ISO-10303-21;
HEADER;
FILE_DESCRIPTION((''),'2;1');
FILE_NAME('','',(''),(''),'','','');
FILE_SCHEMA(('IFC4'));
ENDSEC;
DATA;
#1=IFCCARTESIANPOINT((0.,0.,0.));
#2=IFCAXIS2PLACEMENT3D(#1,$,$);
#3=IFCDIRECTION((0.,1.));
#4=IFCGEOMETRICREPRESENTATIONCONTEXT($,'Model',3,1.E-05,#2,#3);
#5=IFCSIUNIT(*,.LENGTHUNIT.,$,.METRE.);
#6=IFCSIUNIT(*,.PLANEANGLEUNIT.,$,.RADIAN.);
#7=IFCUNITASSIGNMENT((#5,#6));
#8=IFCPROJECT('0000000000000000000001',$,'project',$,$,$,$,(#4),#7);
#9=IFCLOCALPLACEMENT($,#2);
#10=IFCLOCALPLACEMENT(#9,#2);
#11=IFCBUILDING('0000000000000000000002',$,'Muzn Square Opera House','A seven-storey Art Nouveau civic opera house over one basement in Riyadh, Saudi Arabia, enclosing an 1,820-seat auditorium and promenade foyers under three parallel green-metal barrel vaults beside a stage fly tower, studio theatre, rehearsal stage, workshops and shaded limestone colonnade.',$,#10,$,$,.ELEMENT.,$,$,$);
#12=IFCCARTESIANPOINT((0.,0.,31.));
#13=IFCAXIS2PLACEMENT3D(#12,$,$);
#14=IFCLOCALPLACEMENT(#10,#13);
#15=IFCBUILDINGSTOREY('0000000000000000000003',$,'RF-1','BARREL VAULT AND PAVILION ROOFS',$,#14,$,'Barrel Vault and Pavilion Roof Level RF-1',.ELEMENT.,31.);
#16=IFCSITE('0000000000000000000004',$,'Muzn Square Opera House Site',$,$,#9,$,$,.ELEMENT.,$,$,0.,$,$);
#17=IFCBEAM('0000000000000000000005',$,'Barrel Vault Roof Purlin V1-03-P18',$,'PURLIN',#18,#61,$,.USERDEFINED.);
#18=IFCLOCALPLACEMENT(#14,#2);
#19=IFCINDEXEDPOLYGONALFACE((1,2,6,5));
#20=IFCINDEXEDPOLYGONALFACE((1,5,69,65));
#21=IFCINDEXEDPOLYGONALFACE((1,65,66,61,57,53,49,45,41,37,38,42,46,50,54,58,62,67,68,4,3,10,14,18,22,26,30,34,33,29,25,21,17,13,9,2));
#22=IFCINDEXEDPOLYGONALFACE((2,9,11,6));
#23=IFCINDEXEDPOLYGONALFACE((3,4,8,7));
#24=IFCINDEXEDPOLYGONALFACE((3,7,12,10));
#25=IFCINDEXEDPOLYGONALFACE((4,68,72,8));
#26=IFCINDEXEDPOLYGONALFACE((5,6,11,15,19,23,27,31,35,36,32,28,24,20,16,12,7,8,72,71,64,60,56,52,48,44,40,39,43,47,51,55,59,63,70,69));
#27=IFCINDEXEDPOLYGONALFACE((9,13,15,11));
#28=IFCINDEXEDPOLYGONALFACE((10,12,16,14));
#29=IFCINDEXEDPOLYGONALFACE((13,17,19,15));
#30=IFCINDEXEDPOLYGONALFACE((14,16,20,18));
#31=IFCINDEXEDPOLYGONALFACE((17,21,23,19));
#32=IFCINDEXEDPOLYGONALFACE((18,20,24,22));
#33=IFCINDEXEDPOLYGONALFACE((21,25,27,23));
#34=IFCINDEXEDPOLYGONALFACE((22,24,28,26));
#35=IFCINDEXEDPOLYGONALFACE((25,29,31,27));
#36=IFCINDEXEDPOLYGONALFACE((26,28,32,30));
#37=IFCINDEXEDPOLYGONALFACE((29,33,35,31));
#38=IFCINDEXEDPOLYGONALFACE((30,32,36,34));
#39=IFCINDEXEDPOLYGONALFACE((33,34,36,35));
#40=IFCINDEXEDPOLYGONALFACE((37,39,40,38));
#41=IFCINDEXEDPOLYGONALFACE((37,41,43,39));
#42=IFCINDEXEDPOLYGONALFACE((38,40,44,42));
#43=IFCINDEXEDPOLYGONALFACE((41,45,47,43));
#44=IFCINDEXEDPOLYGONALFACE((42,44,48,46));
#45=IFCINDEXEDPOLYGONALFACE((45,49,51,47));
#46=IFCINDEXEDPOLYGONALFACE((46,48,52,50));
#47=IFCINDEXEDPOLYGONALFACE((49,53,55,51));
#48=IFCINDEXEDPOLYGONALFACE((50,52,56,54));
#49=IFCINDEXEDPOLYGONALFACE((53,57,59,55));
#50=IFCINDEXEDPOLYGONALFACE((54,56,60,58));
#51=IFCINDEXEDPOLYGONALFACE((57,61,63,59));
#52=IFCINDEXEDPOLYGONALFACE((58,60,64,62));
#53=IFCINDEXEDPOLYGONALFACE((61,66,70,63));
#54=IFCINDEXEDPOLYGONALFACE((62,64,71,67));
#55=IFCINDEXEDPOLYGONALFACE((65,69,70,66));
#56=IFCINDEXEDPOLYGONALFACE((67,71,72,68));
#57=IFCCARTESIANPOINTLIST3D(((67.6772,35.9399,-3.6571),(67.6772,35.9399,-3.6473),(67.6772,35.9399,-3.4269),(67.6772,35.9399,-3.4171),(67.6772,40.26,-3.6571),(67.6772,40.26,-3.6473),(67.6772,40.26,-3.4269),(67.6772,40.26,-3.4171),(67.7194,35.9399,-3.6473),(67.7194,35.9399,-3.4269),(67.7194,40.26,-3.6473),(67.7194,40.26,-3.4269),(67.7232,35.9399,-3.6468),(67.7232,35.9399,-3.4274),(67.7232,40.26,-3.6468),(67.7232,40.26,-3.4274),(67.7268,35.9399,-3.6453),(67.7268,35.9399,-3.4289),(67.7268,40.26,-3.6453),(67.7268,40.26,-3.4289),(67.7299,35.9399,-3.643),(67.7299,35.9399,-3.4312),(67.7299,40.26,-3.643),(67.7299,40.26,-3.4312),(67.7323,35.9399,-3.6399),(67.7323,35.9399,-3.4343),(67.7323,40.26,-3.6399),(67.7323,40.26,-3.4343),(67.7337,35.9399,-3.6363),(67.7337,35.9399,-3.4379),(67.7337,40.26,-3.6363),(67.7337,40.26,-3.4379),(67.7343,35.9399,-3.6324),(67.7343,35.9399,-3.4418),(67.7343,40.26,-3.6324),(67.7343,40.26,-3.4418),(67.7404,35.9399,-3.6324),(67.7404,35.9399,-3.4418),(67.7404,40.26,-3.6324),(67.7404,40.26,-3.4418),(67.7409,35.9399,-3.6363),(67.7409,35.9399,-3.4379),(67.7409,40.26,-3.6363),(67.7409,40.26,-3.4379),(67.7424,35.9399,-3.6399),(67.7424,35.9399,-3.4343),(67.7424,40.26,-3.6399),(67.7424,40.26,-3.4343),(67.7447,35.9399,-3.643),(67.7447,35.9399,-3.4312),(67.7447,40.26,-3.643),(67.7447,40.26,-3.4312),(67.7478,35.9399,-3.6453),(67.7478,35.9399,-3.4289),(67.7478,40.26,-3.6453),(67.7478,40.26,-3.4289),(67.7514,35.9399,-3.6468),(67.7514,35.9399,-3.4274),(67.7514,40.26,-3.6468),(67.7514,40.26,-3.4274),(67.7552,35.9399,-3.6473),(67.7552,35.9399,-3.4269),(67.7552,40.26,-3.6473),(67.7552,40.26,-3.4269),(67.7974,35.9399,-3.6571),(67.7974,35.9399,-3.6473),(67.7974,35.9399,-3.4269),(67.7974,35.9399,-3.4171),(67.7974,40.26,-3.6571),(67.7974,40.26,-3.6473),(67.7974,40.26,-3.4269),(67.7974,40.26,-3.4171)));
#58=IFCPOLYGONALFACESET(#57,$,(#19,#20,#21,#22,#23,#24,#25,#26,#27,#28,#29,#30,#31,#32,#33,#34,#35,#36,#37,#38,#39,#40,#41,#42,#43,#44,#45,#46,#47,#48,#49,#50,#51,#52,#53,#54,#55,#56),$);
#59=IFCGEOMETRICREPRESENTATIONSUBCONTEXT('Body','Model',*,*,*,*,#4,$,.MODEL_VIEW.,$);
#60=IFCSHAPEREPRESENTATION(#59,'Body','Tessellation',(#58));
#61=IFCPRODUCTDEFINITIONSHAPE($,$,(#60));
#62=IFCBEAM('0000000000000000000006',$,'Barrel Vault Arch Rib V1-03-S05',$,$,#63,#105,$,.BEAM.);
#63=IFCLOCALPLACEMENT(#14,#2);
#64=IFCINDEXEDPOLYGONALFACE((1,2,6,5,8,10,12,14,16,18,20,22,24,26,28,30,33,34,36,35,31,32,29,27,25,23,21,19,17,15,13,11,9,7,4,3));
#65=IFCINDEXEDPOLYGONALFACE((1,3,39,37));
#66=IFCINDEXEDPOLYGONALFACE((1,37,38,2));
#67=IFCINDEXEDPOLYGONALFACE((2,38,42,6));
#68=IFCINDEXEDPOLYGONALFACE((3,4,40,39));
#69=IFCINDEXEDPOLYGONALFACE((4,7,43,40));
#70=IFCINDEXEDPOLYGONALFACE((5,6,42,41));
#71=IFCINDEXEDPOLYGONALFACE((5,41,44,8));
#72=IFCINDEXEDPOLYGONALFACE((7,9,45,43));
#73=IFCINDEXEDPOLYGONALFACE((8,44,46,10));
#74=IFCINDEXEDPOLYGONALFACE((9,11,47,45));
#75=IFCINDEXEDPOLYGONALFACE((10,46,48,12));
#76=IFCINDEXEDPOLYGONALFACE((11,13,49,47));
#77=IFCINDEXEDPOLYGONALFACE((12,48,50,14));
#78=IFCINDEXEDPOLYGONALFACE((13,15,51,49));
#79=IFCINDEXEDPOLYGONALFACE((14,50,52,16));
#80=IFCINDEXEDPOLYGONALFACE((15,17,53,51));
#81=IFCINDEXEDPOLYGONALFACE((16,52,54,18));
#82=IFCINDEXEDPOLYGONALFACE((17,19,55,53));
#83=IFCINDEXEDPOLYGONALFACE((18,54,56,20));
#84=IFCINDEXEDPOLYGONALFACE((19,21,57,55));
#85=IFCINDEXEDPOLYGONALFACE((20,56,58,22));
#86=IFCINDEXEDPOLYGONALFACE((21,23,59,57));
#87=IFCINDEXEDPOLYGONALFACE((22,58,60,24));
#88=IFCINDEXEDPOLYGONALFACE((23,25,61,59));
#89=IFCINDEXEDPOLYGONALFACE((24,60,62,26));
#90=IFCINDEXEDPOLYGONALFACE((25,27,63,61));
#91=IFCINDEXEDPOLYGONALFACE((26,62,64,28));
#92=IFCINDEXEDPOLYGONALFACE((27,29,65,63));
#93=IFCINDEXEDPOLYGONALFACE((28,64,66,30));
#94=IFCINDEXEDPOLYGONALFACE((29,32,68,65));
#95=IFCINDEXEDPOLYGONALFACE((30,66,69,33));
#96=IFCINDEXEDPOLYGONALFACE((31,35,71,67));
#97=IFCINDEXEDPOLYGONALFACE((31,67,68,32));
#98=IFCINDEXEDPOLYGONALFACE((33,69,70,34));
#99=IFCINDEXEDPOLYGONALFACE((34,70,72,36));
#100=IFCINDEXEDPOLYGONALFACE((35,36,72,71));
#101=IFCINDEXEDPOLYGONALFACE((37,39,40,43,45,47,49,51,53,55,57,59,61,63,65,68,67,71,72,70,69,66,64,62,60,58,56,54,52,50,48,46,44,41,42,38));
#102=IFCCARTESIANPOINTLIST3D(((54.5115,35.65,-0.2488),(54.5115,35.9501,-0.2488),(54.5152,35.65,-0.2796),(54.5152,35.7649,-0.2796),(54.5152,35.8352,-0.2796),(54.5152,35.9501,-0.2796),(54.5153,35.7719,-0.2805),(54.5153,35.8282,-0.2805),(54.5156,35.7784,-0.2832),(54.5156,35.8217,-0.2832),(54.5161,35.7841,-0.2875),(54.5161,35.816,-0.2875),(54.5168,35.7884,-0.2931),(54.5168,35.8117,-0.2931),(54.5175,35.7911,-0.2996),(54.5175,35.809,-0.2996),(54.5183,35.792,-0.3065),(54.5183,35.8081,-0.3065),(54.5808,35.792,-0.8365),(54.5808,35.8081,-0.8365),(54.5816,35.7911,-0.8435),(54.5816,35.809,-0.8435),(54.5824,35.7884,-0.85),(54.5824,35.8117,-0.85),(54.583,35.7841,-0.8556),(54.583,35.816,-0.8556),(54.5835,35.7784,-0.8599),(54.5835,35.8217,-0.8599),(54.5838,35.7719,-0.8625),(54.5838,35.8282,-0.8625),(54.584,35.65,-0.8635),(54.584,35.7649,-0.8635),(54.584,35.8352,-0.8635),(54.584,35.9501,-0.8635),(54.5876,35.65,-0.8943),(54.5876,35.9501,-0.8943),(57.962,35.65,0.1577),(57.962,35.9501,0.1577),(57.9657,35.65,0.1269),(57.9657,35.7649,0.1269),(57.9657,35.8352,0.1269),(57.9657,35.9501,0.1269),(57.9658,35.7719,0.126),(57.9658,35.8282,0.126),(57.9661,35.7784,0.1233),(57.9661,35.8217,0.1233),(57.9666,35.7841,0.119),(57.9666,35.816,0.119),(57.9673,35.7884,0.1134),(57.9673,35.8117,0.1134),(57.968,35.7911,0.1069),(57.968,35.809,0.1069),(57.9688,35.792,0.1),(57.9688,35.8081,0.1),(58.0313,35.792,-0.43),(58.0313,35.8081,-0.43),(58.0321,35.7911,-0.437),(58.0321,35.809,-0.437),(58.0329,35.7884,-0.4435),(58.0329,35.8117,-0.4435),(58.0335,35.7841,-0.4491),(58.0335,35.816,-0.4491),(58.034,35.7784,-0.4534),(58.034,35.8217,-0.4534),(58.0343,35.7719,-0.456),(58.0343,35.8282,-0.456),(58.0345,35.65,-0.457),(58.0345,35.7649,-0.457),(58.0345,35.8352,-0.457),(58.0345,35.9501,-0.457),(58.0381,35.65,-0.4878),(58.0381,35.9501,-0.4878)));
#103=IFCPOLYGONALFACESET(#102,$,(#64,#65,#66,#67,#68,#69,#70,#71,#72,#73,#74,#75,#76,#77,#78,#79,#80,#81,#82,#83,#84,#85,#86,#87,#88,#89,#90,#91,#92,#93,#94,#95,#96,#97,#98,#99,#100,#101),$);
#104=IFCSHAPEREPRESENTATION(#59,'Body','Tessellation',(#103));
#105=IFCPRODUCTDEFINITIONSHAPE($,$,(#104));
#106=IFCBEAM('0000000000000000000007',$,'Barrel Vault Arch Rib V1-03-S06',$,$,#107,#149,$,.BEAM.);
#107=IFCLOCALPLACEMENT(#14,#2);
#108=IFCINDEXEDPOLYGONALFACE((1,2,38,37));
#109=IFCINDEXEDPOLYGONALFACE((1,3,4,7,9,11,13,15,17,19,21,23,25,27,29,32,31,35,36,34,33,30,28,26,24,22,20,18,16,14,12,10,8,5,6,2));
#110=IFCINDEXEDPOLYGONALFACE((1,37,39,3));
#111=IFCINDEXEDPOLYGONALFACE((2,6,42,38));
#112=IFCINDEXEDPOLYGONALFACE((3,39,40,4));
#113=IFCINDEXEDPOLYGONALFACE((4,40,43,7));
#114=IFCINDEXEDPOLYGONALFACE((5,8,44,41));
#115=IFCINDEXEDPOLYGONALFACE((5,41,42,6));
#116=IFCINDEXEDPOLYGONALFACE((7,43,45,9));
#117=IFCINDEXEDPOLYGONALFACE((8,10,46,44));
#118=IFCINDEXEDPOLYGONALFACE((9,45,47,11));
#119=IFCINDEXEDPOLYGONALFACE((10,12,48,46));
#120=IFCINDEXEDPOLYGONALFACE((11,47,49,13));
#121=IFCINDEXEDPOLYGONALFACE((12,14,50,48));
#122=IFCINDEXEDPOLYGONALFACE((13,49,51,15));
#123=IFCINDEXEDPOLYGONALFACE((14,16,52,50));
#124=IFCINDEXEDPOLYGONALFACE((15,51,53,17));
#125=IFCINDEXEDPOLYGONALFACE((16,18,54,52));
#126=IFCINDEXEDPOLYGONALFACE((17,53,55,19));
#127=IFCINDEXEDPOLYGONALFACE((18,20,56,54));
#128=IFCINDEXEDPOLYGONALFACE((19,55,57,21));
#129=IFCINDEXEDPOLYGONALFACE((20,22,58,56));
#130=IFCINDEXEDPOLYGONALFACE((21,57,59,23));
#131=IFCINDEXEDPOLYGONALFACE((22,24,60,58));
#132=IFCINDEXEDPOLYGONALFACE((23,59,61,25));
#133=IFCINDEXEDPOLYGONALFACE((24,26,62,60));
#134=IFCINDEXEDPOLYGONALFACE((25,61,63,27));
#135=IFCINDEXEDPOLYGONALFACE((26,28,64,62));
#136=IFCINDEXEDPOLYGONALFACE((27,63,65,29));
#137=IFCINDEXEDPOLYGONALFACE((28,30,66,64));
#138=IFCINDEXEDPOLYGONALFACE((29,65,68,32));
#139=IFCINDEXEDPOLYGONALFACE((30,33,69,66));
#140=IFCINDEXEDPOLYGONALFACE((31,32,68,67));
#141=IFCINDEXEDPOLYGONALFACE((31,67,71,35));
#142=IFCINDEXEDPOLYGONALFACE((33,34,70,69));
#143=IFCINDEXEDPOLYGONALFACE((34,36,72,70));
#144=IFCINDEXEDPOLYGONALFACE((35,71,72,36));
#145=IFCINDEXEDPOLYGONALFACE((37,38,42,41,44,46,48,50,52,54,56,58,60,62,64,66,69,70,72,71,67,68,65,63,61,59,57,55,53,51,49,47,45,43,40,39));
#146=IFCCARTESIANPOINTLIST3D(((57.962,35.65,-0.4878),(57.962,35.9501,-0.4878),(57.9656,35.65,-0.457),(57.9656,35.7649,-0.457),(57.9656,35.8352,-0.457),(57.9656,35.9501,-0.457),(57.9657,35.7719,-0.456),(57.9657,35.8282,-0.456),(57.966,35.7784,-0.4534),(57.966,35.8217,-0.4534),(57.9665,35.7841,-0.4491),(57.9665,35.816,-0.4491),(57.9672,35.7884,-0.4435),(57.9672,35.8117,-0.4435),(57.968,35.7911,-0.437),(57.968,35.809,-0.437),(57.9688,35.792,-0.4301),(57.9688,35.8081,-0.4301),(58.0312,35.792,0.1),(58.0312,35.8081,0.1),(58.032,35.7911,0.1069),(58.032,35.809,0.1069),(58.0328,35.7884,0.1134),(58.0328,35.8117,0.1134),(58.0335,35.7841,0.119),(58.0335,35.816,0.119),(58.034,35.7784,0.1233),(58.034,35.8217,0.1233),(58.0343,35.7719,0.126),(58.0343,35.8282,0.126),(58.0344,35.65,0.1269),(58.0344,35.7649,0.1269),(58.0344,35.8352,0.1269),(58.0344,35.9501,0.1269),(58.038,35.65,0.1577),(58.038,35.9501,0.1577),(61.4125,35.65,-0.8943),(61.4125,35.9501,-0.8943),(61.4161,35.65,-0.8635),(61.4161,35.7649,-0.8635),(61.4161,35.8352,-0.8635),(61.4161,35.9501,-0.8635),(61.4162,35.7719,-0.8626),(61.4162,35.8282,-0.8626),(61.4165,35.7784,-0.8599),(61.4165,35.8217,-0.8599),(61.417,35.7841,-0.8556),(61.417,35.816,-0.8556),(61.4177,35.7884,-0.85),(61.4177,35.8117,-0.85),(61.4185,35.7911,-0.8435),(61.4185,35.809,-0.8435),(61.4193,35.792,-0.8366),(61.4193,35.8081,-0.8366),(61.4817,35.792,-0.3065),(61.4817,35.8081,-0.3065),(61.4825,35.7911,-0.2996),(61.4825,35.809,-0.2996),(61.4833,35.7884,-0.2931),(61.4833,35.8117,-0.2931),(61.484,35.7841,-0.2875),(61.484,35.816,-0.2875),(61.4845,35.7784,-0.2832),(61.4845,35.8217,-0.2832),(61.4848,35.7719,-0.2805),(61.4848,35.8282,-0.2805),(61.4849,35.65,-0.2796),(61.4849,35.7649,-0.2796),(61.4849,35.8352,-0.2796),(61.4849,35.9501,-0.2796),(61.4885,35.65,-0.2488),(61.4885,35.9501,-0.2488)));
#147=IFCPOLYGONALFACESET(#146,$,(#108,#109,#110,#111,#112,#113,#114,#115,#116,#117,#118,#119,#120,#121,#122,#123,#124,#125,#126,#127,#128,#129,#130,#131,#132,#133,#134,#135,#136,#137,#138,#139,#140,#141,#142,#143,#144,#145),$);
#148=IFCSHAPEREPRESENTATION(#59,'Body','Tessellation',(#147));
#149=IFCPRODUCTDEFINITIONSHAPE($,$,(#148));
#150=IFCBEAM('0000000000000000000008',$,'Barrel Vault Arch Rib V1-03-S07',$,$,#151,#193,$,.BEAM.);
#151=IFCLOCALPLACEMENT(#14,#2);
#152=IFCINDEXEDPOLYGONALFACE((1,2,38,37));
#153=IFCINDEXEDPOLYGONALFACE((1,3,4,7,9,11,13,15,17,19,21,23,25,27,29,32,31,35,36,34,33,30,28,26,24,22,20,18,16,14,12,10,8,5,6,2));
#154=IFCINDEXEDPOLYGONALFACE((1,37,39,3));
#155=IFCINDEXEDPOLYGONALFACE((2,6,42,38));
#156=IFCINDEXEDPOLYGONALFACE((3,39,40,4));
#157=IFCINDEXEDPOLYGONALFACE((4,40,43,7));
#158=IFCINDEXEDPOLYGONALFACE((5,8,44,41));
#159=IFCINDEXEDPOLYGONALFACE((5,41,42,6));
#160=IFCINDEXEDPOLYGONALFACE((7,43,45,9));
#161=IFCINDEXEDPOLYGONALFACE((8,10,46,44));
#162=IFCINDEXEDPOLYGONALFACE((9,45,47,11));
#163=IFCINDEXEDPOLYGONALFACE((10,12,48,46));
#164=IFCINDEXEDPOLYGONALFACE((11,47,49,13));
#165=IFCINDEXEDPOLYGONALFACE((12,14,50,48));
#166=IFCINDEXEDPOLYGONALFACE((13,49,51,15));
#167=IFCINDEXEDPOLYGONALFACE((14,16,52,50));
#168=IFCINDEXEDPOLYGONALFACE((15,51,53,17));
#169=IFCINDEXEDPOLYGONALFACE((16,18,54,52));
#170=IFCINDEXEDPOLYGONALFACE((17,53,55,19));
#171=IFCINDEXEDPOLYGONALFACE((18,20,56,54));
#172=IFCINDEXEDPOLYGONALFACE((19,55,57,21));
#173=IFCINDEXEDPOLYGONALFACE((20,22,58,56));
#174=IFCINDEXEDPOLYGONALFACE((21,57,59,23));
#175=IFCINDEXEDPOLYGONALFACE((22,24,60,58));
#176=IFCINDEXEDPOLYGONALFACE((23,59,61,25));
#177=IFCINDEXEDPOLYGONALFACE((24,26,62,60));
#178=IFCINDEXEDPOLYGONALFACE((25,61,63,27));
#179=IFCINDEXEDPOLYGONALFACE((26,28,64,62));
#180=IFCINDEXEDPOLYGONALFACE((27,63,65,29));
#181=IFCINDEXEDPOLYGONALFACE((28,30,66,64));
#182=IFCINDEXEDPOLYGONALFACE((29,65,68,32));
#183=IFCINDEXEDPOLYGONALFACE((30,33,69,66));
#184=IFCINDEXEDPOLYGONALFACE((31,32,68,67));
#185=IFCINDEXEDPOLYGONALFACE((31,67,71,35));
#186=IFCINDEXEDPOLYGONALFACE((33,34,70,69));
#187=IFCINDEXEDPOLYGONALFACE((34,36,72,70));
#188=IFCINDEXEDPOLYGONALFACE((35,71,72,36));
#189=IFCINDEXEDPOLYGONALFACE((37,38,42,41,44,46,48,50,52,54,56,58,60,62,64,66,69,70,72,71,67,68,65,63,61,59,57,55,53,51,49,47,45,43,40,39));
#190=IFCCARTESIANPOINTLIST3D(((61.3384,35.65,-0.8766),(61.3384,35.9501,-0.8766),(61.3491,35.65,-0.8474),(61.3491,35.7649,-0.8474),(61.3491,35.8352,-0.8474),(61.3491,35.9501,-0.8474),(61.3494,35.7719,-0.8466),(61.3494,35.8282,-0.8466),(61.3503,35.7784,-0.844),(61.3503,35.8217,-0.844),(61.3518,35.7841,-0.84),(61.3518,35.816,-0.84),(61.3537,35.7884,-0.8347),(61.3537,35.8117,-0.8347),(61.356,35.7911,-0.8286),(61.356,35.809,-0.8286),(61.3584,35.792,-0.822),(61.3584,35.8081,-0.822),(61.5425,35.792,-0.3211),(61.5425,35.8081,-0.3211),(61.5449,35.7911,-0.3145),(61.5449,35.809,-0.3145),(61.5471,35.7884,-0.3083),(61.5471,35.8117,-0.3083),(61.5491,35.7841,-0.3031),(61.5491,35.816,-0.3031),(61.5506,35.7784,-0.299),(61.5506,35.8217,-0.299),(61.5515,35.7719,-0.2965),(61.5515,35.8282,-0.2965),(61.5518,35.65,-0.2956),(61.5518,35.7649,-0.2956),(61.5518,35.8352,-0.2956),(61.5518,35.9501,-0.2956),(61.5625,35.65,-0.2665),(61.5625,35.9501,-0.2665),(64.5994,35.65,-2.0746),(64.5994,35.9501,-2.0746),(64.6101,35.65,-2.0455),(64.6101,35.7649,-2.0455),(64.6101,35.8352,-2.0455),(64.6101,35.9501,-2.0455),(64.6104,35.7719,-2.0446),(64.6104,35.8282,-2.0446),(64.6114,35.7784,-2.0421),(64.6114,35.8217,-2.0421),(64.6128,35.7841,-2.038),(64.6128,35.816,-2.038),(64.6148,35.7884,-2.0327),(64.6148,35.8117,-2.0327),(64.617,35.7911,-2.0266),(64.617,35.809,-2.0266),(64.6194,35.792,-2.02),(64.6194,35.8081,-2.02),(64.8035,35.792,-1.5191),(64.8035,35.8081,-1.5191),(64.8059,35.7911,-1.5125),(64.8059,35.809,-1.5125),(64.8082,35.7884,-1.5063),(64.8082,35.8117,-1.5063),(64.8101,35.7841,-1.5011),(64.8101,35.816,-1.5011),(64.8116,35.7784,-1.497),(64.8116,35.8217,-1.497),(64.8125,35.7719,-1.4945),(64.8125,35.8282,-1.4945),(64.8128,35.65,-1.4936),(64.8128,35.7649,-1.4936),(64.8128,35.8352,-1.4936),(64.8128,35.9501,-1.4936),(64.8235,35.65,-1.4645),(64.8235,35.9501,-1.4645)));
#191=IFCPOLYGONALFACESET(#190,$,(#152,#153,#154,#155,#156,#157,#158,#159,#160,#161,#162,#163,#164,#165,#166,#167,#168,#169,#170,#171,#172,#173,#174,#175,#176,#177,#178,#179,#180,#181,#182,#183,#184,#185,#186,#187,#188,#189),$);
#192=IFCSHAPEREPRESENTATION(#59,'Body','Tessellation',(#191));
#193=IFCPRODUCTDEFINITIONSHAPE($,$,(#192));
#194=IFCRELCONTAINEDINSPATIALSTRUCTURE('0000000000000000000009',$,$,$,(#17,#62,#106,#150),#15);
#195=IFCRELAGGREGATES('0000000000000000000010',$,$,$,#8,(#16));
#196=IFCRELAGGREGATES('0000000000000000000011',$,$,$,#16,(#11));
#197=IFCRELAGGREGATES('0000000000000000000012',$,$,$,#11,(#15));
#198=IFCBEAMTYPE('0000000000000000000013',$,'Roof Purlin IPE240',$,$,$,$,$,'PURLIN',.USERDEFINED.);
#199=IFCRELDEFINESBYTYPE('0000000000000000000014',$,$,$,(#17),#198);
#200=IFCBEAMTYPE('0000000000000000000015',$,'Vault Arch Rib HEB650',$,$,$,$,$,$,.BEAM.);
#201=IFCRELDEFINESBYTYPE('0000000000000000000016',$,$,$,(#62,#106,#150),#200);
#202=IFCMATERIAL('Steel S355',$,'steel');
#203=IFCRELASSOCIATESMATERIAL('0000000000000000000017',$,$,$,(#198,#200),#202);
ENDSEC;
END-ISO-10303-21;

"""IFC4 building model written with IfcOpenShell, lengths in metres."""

from ifc_helpers import new_model, si_unit, direction, frame, origin, origin_2d, place, context, subcontext, project, spatial, i_section, extrude, material, material_profile, profile_set, type_object, element, save


model = new_model("IFC4")

# Units and contexts
model_context = context("Model", 3, precision=1e-05, world=origin(), true_north=direction((0.0, 1.0)))
body_context = subcontext(model_context, "Body", "Model", "MODEL_VIEW")
ifc_project = project(units=[si_unit("LENGTHUNIT", "METRE"), si_unit("PLANEANGLEUNIT", "RADIAN")], contexts=[model_context])

# Site, building, storey
site_placement = place(None, origin())
site = spatial("IfcSite", under=ifc_project, at=site_placement, Name="Muzn Square Opera House Site", CompositionType="ELEMENT", RefElevation=0.0)
building_placement = place(site_placement, origin())
building = spatial("IfcBuilding", under=site, at=building_placement, Name="Muzn Square Opera House", Description="A seven-storey Art Nouveau civic opera house over one basement in Riyadh, Saudi Arabia, enclosing an 1,820-seat auditorium and promenade foyers under three parallel green-metal barrel vaults beside a stage fly tower, studio theatre, rehearsal stage, workshops and shaded limestone colonnade.", CompositionType="ELEMENT")
storey_placement = place(building_placement, frame((0.0, 0.0, 31.0)))
storey = spatial("IfcBuildingStorey", under=building, at=storey_placement, Name="RF-1", Description="BARREL VAULT AND PAVILION ROOFS", LongName="Barrel Vault and Pavilion Roof Level RF-1", CompositionType="ELEMENT", Elevation=31.0)

# Beams
ifc_material_1 = material(Name="Steel S355", Category="steel")
ifc_material_profile_1 = material_profile(ifc_material_1, i_section(OverallWidth=0.1201, OverallDepth=0.24, WebThickness=0.0061, FlangeThickness=0.0098, FilletRadius=0.0149, at=origin_2d()), Name="IPE 240", Category="steel")
ifc_profile_set_1 = profile_set([ifc_material_profile_1], Name="Steel S355")
beam_type_1 = type_object("IfcBeamType", Name="Roof Purlin IPE240", ElementType="PURLIN", PredefinedType="USERDEFINED", material=ifc_profile_set_1)
for number, where, z_axis, x_axis, name in (
    (1, (67.7373, 35.9399, -3.5371), (0.0, 1.0, 0.0), (-1.0, 0.0, 0.0), "Barrel Vault Roof Purlin V1-03-P18"),
):
    element("IfcBeam", number, at=place(storey_placement, frame(where, z_axis=z_axis, x_axis=x_axis)), inside=storey, type_object=beam_type_1, Name=name, ObjectType="PURLIN", PredefinedType="USERDEFINED", context=body_context, shape_type="SweptSolid", body=[
        extrude(i_section(OverallWidth=0.1201, OverallDepth=0.24, WebThickness=0.0061, FlangeThickness=0.0098, FilletRadius=0.0149, at=origin_2d()), origin(), (0.0, 0.0, 1.0), 4.3201),
    ])
ifc_material_profile_2 = material_profile(ifc_material_1, i_section(OverallWidth=0.3, OverallDepth=0.6499, WebThickness=0.0161, FlangeThickness=0.031, FilletRadius=0.0271, at=origin_2d()), Name="HEB 650", Category="steel")
ifc_profile_set_2 = profile_set([ifc_material_profile_2], Name="Steel S355")
beam_type_2 = type_object("IfcBeamType", Name="Vault Arch Rib HEB650", PredefinedType="BEAM", material=ifc_profile_set_2)
for number, where, z_axis, x_axis, name in (
    (2, (54.5496, 35.8, -0.5715), (0.993132, 0.0, 0.117), (0.0, 1.0, 0.0), "Barrel Vault Arch Rib V1-03-S05"),
    (3, (58.0, 35.8, -0.165), (0.993132, 0.0, -0.117), (0.0, 1.0, 0.0), "Barrel Vault Arch Rib V1-03-S06"),
):
    element("IfcBeam", number, at=place(storey_placement, frame(where, z_axis=z_axis, x_axis=x_axis)), inside=storey, type_object=beam_type_2, Name=name, PredefinedType="BEAM", context=body_context, shape_type="SweptSolid", body=[
        extrude(i_section(OverallWidth=0.3, OverallDepth=0.6499, WebThickness=0.0161, FlangeThickness=0.031, FilletRadius=0.0271, at=origin_2d()), origin(), (0.0, 0.0, 1.0), 3.4744),
    ])
beam_placement = place(storey_placement, frame((61.4504, 35.8, -0.5715), z_axis=(0.938662, 0.0, -0.344839), x_axis=(0.0, 1.0, 0.0)))
element("IfcBeam", 4, at=beam_placement, inside=storey, type_object=beam_type_2, Name="Barrel Vault Arch Rib V1-03-S07", PredefinedType="BEAM", context=body_context, shape_type="SweptSolid", body=[
    extrude(i_section(OverallWidth=0.3, OverallDepth=0.6499, WebThickness=0.0161, FlangeThickness=0.031, FilletRadius=0.0271, at=origin_2d()), origin(), (0.0, 0.0, 1.0), 3.4741),
])

save(model, "model.ifc")
